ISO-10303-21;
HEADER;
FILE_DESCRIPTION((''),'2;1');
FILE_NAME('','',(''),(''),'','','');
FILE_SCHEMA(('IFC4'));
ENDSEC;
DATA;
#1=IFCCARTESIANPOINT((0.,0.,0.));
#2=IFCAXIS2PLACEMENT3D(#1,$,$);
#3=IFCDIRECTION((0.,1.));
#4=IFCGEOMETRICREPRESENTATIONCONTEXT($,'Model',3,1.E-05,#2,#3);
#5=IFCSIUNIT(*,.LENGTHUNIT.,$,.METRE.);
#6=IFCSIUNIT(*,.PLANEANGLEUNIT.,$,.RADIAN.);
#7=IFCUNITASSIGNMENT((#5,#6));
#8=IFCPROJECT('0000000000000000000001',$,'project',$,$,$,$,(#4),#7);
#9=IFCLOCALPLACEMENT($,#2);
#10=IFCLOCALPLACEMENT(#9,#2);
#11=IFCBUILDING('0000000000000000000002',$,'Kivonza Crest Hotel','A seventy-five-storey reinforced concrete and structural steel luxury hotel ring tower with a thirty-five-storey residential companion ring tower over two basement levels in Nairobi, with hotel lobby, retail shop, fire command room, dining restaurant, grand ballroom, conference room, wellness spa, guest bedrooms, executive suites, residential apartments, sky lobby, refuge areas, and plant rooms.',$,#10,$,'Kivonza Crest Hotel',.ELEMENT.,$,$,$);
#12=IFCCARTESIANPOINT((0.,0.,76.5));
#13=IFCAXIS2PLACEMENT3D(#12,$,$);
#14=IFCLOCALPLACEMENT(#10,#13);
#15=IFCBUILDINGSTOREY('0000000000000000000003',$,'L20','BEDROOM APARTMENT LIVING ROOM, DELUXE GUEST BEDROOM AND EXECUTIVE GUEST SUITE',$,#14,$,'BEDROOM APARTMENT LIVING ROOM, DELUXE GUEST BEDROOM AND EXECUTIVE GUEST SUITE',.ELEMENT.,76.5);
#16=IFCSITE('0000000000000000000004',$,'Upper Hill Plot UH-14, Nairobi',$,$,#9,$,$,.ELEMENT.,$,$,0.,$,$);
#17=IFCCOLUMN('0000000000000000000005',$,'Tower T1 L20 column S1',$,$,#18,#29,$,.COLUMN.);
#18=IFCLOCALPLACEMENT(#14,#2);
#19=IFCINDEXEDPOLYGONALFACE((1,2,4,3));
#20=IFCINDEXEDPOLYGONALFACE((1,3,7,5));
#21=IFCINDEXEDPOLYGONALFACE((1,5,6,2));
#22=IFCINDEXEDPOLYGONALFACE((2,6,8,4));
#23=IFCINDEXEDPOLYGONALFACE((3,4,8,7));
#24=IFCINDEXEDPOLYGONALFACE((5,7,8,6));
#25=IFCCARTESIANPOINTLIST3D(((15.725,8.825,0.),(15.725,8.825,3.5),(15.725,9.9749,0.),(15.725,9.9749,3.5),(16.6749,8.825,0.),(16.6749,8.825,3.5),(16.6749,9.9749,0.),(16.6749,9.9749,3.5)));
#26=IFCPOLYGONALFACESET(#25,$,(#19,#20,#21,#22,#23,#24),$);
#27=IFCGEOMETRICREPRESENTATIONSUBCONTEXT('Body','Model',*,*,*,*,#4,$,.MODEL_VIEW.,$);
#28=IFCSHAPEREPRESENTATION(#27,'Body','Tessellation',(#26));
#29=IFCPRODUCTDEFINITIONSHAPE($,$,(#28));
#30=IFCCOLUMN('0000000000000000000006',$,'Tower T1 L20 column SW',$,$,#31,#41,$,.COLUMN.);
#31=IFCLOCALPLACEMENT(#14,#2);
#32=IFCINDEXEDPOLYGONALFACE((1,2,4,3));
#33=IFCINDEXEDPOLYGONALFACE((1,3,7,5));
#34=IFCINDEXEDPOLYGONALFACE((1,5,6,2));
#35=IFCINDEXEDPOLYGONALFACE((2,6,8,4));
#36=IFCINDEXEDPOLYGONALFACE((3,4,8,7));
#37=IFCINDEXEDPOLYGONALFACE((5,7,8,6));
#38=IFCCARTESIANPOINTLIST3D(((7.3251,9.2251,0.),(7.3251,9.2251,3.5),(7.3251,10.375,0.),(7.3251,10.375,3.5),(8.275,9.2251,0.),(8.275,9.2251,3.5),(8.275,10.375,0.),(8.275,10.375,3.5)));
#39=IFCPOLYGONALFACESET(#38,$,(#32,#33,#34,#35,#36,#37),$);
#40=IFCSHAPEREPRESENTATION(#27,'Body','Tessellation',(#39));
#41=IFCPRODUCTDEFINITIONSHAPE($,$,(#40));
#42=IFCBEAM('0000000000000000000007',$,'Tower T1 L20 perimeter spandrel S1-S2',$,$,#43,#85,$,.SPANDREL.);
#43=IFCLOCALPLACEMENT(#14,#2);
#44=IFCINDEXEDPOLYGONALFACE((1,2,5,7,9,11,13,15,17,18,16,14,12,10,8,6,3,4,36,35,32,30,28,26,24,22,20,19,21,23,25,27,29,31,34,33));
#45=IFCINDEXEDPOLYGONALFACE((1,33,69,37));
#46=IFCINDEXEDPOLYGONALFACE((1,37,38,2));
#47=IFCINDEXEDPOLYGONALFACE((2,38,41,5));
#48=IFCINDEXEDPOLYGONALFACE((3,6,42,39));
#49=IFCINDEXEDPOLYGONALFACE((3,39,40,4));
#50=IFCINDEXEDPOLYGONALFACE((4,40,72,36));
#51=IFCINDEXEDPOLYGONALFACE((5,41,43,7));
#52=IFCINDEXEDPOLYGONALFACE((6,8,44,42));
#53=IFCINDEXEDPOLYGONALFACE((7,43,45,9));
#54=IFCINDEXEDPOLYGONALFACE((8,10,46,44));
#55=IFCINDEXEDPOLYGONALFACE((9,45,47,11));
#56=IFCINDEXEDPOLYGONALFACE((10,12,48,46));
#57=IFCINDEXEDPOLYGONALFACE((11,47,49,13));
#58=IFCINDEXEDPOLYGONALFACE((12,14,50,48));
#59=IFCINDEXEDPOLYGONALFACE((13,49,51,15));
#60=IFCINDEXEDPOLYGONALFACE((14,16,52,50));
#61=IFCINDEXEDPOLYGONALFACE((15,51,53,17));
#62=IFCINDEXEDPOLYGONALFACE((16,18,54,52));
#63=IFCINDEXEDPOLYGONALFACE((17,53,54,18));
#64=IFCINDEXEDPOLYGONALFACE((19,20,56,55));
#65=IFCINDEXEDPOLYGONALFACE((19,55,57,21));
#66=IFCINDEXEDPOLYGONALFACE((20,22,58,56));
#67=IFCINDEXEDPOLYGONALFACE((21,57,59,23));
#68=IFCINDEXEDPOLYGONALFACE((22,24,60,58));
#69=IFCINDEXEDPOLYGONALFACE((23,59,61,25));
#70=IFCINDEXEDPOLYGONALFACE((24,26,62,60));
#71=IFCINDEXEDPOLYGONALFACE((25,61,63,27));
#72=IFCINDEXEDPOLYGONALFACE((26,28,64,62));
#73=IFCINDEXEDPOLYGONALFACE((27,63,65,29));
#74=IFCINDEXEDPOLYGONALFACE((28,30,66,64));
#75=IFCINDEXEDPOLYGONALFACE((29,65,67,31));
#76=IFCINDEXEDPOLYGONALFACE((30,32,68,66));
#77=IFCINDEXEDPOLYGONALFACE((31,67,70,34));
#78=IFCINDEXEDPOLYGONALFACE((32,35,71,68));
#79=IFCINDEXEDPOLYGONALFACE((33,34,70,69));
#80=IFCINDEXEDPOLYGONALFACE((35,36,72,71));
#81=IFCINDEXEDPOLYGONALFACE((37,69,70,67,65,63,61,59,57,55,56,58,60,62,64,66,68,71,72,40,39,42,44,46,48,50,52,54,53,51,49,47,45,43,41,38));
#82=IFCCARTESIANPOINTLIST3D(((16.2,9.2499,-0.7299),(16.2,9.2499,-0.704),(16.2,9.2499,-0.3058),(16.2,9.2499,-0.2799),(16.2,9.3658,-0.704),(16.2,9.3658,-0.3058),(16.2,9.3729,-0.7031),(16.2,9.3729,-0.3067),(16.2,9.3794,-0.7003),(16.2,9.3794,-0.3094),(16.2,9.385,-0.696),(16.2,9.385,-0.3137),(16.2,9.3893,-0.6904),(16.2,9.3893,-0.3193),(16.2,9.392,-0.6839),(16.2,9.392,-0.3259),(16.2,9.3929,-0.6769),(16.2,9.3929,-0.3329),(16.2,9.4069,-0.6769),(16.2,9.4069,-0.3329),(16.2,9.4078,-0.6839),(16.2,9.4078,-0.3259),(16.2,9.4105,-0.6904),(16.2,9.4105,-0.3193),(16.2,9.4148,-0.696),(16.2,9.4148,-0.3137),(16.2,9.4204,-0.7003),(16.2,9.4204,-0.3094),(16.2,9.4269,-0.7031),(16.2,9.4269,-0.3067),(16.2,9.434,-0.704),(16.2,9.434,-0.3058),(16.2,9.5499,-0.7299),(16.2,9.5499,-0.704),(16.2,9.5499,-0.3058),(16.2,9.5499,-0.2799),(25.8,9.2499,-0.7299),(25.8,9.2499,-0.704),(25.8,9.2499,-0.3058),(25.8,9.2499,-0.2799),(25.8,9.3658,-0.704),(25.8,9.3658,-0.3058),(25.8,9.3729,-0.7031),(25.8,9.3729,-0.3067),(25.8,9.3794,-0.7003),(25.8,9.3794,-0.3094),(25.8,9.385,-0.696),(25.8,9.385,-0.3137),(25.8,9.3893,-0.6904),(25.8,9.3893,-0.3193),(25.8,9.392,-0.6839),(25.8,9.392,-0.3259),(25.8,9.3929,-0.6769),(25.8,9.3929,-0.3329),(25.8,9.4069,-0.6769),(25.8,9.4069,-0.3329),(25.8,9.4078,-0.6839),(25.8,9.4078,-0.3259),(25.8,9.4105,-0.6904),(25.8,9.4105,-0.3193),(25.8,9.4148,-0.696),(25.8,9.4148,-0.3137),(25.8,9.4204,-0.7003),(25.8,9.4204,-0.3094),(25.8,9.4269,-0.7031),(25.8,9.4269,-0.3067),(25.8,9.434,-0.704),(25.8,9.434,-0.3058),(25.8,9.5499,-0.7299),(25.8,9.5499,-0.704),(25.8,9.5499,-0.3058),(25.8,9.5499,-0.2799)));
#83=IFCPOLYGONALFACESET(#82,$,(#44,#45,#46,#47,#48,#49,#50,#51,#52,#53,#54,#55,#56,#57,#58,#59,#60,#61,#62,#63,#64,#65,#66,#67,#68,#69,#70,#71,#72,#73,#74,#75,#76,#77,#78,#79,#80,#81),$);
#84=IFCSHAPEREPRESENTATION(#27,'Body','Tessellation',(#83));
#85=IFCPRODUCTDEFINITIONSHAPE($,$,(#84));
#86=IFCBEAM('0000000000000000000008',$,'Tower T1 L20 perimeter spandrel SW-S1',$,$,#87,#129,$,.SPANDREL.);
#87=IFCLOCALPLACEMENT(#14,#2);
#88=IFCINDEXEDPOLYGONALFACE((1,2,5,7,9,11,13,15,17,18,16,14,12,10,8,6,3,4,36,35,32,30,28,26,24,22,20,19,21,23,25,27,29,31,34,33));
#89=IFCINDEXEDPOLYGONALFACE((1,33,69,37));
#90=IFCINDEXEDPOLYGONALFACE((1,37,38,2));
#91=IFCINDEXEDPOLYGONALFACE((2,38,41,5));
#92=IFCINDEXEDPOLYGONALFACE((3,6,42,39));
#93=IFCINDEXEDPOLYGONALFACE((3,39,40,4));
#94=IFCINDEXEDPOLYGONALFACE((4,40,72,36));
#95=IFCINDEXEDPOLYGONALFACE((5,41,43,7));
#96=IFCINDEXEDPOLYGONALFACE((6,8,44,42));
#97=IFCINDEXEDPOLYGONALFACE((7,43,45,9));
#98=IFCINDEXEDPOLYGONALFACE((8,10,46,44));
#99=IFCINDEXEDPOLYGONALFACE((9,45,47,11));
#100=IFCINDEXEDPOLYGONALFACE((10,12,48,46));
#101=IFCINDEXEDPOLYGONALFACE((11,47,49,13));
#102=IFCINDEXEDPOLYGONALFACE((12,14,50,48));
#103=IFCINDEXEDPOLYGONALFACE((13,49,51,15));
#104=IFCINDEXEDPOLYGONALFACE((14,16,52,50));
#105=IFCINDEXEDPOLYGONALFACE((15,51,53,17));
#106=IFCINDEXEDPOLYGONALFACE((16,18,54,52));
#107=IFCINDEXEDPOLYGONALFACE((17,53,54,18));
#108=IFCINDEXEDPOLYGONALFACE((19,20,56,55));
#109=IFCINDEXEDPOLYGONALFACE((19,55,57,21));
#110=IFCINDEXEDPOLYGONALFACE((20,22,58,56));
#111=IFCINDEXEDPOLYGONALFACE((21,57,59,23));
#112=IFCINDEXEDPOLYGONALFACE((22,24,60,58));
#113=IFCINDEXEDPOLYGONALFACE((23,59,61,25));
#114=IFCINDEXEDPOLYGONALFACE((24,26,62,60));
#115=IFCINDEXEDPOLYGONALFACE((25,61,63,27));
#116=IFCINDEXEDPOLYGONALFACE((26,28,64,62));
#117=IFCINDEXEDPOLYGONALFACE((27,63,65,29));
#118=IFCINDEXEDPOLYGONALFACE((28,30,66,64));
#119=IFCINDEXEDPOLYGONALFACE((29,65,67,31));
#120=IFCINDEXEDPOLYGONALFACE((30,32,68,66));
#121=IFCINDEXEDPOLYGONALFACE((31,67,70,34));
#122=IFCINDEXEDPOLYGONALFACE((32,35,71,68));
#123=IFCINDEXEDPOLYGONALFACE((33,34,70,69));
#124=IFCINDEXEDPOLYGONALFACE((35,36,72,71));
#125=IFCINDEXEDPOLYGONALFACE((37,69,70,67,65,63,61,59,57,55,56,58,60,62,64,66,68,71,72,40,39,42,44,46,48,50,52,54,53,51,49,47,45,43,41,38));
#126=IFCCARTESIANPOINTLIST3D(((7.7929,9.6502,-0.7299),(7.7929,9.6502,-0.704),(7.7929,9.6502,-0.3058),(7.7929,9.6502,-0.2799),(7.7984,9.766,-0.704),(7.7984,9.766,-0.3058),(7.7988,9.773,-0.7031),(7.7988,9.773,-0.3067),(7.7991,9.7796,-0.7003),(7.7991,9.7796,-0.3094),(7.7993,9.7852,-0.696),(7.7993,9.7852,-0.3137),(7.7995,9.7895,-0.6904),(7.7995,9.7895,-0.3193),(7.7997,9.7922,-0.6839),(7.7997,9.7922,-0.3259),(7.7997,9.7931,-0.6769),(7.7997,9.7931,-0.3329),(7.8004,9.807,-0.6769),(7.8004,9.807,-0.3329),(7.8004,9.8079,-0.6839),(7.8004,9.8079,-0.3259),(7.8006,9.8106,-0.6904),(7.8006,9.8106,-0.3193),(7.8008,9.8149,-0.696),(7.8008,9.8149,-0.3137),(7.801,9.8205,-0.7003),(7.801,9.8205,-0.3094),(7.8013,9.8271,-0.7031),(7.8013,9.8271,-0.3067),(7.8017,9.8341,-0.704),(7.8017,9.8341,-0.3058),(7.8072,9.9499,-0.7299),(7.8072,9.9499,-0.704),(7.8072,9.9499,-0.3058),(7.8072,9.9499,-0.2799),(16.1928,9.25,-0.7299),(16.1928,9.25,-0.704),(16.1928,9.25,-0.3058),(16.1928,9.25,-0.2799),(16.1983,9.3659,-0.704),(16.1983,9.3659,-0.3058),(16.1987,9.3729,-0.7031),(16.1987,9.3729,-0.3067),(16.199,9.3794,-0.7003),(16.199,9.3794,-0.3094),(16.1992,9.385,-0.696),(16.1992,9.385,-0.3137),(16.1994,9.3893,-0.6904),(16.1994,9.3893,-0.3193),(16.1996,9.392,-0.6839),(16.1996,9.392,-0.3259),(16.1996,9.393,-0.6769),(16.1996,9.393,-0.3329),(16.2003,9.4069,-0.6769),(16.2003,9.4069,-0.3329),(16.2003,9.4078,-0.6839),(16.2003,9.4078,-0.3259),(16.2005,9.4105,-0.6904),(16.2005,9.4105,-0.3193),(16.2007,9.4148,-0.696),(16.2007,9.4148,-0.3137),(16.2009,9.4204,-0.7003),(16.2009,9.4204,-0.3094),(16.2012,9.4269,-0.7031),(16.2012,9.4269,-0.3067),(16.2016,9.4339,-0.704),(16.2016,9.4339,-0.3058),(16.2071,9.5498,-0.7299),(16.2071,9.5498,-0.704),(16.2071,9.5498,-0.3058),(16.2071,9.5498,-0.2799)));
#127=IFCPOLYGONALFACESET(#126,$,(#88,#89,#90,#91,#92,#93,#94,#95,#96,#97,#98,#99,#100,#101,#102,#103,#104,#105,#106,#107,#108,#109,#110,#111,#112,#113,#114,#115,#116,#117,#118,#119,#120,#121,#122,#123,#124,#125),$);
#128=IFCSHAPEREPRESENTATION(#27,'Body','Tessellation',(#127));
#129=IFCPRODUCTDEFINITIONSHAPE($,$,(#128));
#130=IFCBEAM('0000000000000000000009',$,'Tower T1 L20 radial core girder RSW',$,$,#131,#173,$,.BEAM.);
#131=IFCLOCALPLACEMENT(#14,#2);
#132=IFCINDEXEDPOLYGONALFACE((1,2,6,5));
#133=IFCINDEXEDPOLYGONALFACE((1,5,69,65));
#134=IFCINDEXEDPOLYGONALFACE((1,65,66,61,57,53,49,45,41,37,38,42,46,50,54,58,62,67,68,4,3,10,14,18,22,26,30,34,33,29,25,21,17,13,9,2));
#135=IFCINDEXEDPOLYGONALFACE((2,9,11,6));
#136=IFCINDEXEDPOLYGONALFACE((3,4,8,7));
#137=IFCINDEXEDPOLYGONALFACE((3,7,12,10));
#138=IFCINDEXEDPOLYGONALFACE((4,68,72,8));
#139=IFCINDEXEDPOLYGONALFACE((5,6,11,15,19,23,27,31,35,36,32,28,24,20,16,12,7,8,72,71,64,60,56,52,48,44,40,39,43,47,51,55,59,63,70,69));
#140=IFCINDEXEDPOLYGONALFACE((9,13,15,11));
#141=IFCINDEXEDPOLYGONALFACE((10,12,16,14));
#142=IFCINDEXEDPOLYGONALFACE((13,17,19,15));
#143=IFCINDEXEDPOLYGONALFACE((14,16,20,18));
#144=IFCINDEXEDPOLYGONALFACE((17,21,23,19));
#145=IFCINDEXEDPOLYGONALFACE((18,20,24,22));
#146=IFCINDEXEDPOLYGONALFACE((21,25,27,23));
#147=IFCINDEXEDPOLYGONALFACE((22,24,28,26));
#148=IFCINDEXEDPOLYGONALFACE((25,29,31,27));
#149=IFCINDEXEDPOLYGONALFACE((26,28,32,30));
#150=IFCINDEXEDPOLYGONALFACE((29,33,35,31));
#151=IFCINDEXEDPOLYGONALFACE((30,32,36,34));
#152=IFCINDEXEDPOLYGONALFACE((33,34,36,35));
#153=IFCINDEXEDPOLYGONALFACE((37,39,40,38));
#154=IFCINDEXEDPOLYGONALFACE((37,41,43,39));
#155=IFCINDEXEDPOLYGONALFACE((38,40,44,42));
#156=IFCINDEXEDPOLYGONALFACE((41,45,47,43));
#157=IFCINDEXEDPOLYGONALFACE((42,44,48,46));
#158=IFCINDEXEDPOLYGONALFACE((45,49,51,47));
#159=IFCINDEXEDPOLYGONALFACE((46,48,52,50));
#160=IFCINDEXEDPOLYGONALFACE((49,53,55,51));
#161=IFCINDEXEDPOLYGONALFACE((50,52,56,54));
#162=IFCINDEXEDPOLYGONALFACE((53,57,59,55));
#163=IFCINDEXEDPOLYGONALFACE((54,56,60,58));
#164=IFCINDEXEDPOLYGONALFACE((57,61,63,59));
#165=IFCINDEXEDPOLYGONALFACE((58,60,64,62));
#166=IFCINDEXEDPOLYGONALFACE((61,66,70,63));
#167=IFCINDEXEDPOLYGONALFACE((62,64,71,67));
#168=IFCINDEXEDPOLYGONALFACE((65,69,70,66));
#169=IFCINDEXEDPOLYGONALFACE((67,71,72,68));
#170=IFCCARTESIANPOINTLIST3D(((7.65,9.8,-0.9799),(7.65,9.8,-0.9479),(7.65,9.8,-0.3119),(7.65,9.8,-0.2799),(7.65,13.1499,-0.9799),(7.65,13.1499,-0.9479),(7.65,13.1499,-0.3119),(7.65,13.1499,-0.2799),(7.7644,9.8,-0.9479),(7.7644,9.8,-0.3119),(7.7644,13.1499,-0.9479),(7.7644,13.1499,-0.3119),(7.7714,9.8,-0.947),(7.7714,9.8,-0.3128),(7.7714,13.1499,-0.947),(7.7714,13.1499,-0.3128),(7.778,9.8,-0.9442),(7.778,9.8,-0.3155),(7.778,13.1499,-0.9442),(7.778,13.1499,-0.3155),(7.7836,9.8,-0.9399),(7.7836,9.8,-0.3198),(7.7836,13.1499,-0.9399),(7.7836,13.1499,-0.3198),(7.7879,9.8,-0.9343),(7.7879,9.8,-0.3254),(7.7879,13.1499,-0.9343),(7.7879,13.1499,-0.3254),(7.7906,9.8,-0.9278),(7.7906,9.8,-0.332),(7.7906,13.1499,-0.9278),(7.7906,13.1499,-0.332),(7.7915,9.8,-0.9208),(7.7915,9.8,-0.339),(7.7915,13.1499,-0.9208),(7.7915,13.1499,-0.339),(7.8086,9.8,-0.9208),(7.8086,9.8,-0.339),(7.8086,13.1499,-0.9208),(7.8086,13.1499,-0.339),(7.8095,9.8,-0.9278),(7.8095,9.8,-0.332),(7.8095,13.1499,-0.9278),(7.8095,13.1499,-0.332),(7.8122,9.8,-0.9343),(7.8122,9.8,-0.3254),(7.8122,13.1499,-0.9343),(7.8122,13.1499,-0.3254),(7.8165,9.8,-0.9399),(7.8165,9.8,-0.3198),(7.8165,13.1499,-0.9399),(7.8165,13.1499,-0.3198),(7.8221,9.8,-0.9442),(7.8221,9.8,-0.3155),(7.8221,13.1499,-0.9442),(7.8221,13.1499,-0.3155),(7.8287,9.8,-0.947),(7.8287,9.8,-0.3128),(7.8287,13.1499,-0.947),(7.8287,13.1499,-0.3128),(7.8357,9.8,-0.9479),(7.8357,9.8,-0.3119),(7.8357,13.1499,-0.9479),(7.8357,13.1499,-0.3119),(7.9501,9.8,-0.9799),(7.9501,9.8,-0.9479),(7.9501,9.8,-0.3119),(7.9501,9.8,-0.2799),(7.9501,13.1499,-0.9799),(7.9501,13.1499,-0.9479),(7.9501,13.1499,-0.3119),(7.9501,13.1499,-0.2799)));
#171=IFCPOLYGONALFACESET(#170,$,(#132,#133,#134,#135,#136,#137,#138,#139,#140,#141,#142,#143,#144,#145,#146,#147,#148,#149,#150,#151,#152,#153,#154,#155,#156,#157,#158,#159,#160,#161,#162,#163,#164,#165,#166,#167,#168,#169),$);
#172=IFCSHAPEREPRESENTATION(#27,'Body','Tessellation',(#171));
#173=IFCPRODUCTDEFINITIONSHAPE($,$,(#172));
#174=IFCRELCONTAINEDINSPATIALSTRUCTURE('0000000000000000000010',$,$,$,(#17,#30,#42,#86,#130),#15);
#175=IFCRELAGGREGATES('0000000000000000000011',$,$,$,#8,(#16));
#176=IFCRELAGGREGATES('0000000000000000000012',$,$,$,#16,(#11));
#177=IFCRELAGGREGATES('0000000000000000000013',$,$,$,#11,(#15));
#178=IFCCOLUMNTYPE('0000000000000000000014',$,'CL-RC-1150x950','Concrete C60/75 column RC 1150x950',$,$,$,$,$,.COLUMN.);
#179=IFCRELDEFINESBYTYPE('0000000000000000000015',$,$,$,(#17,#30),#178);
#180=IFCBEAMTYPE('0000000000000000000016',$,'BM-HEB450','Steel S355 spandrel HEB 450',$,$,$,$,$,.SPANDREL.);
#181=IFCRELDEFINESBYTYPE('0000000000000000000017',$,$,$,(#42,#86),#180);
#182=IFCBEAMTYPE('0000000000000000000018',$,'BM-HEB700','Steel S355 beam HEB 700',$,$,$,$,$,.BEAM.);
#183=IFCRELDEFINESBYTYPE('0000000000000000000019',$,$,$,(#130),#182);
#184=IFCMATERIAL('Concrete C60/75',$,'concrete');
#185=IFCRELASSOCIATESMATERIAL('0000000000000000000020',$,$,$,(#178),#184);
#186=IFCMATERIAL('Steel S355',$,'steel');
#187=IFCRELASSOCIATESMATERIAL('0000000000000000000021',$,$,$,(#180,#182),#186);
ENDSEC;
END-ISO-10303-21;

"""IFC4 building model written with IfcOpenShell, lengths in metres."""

from ifc_helpers import new_model, si_unit, direction, frame, origin, origin_2d, place, context, subcontext, project, spatial, rectangle, i_section, extrude, material, material_profile, profile_set, type_object, element, save


model = new_model("IFC4")

# Units and contexts
model_context = context("Model", 3, precision=1e-05, world=origin(), true_north=direction((0.0, 1.0)))
body_context = subcontext(model_context, "Body", "Model", "MODEL_VIEW")
ifc_project = project(units=[si_unit("LENGTHUNIT", "METRE"), si_unit("PLANEANGLEUNIT", "RADIAN")], contexts=[model_context])

# Site, building, storey
site_placement = place(None, origin())
site = spatial("IfcSite", under=ifc_project, at=site_placement, Name="Upper Hill Plot UH-14, Nairobi", CompositionType="ELEMENT", RefElevation=0.0)
building_placement = place(site_placement, origin())
building = spatial("IfcBuilding", under=site, at=building_placement, Name="Kivonza Crest Hotel", Description="A seventy-five-storey reinforced concrete and structural steel luxury hotel ring tower with a thirty-five-storey residential companion ring tower over two basement levels in Nairobi, with hotel lobby, retail shop, fire command room, dining restaurant, grand ballroom, conference room, wellness spa, guest bedrooms, executive suites, residential apartments, sky lobby, refuge areas, and plant rooms.", LongName="Kivonza Crest Hotel", CompositionType="ELEMENT")
storey_placement = place(building_placement, frame((0.0, 0.0, 76.5)))
storey = spatial("IfcBuildingStorey", under=building, at=storey_placement, Name="L20", Description="BEDROOM APARTMENT LIVING ROOM, DELUXE GUEST BEDROOM AND EXECUTIVE GUEST SUITE", LongName="BEDROOM APARTMENT LIVING ROOM, DELUXE GUEST BEDROOM AND EXECUTIVE GUEST SUITE", CompositionType="ELEMENT", Elevation=76.5)

# Columns
ifc_material_1 = material(Name="Concrete C60/75", Category="concrete")
ifc_material_profile_1 = material_profile(ifc_material_1, rectangle(XDim=0.95, YDim=1.1499, at=origin_2d()), Name="RC 1150x950")
ifc_profile_set_1 = profile_set([ifc_material_profile_1], Name="Concrete C60/75")
column_type = type_object("IfcColumnType", Name="CL-RC-1150x950", Description="Concrete C60/75 column RC 1150x950", PredefinedType="COLUMN", material=ifc_profile_set_1)
for number, where, z_axis, x_axis, name in (
    (1, (16.2, 9.3999, 0.0), (0.0, 0.0, 1.0), (1.0, 0.0, 0.0), "Tower T1 L20 column S1"),
    (2, (7.8, 9.8, 0.0), (0.0, 0.0, 1.0), (1.0, 0.0, 0.0), "Tower T1 L20 column SW"),
):
    element("IfcColumn", number, at=place(storey_placement, frame(where, z_axis=z_axis, x_axis=x_axis)), inside=storey, type_object=column_type, Name=name, PredefinedType="COLUMN", context=body_context, shape_type="SweptSolid", body=[
        extrude(rectangle(XDim=0.95, YDim=1.1499, at=origin_2d()), origin(), (0.0, 0.0, 1.0), 3.5),
    ])

# Beams
ifc_material_2 = material(Name="Steel S355", Category="steel")
ifc_material_profile_2 = material_profile(ifc_material_2, i_section(OverallWidth=0.3, OverallDepth=0.45, WebThickness=0.0139, FlangeThickness=0.0259, FilletRadius=0.0271, at=origin_2d()), Name="HEB 450")
ifc_profile_set_2 = profile_set([ifc_material_profile_2], Name="Steel S355")
beam_type_1 = type_object("IfcBeamType", Name="BM-HEB450", Description="Steel S355 spandrel HEB 450", PredefinedType="SPANDREL", material=ifc_profile_set_2)
beam_1_placement = place(storey_placement, frame((16.2, 9.3999, -0.5049), z_axis=(1.0, 0.0, 0.0), x_axis=(0.0, 1.0, 0.0)))
element("IfcBeam", 3, at=beam_1_placement, inside=storey, type_object=beam_type_1, Name="Tower T1 L20 perimeter spandrel S1-S2", PredefinedType="SPANDREL", context=body_context, shape_type="SweptSolid", body=[
    extrude(i_section(OverallWidth=0.3, OverallDepth=0.45, WebThickness=0.0139, FlangeThickness=0.0259, FilletRadius=0.0271, at=origin_2d()), origin(), (0.0, 0.0, 1.0), 9.6001),
])
beam_2_placement = place(storey_placement, frame((7.8, 9.8, -0.5049), z_axis=(0.998867, -0.047583, 0.0), x_axis=(0.047583, 0.998867, 0.0)))
element("IfcBeam", 4, at=beam_2_placement, inside=storey, type_object=beam_type_1, Name="Tower T1 L20 perimeter spandrel SW-S1", PredefinedType="SPANDREL", context=body_context, shape_type="SweptSolid", body=[
    extrude(i_section(OverallWidth=0.3, OverallDepth=0.45, WebThickness=0.0139, FlangeThickness=0.0259, FilletRadius=0.0271, at=origin_2d()), origin(), (0.0, 0.0, 1.0), 8.4094),
])
ifc_material_profile_3 = material_profile(ifc_material_2, i_section(OverallWidth=0.3, OverallDepth=0.7, WebThickness=0.0171, FlangeThickness=0.032, FilletRadius=0.0271, at=origin_2d()), Name="HEB 700")
ifc_profile_set_3 = profile_set([ifc_material_profile_3], Name="Steel S355")
beam_type_2 = type_object("IfcBeamType", Name="BM-HEB700", Description="Steel S355 beam HEB 700", PredefinedType="BEAM", material=ifc_profile_set_3)
beam_3_placement = place(storey_placement, frame((7.8, 9.8, -0.6299), z_axis=(0.0, 1.0, 0.0), x_axis=(-1.0, 0.0, 0.0)))
element("IfcBeam", 5, at=beam_3_placement, inside=storey, type_object=beam_type_2, Name="Tower T1 L20 radial core girder RSW", PredefinedType="BEAM", context=body_context, shape_type="SweptSolid", body=[
    extrude(i_section(OverallWidth=0.3, OverallDepth=0.7, WebThickness=0.0171, FlangeThickness=0.032, FilletRadius=0.0271, at=origin_2d()), origin(), (0.0, 0.0, 1.0), 3.3499),
])

save(model, "model.ifc")
